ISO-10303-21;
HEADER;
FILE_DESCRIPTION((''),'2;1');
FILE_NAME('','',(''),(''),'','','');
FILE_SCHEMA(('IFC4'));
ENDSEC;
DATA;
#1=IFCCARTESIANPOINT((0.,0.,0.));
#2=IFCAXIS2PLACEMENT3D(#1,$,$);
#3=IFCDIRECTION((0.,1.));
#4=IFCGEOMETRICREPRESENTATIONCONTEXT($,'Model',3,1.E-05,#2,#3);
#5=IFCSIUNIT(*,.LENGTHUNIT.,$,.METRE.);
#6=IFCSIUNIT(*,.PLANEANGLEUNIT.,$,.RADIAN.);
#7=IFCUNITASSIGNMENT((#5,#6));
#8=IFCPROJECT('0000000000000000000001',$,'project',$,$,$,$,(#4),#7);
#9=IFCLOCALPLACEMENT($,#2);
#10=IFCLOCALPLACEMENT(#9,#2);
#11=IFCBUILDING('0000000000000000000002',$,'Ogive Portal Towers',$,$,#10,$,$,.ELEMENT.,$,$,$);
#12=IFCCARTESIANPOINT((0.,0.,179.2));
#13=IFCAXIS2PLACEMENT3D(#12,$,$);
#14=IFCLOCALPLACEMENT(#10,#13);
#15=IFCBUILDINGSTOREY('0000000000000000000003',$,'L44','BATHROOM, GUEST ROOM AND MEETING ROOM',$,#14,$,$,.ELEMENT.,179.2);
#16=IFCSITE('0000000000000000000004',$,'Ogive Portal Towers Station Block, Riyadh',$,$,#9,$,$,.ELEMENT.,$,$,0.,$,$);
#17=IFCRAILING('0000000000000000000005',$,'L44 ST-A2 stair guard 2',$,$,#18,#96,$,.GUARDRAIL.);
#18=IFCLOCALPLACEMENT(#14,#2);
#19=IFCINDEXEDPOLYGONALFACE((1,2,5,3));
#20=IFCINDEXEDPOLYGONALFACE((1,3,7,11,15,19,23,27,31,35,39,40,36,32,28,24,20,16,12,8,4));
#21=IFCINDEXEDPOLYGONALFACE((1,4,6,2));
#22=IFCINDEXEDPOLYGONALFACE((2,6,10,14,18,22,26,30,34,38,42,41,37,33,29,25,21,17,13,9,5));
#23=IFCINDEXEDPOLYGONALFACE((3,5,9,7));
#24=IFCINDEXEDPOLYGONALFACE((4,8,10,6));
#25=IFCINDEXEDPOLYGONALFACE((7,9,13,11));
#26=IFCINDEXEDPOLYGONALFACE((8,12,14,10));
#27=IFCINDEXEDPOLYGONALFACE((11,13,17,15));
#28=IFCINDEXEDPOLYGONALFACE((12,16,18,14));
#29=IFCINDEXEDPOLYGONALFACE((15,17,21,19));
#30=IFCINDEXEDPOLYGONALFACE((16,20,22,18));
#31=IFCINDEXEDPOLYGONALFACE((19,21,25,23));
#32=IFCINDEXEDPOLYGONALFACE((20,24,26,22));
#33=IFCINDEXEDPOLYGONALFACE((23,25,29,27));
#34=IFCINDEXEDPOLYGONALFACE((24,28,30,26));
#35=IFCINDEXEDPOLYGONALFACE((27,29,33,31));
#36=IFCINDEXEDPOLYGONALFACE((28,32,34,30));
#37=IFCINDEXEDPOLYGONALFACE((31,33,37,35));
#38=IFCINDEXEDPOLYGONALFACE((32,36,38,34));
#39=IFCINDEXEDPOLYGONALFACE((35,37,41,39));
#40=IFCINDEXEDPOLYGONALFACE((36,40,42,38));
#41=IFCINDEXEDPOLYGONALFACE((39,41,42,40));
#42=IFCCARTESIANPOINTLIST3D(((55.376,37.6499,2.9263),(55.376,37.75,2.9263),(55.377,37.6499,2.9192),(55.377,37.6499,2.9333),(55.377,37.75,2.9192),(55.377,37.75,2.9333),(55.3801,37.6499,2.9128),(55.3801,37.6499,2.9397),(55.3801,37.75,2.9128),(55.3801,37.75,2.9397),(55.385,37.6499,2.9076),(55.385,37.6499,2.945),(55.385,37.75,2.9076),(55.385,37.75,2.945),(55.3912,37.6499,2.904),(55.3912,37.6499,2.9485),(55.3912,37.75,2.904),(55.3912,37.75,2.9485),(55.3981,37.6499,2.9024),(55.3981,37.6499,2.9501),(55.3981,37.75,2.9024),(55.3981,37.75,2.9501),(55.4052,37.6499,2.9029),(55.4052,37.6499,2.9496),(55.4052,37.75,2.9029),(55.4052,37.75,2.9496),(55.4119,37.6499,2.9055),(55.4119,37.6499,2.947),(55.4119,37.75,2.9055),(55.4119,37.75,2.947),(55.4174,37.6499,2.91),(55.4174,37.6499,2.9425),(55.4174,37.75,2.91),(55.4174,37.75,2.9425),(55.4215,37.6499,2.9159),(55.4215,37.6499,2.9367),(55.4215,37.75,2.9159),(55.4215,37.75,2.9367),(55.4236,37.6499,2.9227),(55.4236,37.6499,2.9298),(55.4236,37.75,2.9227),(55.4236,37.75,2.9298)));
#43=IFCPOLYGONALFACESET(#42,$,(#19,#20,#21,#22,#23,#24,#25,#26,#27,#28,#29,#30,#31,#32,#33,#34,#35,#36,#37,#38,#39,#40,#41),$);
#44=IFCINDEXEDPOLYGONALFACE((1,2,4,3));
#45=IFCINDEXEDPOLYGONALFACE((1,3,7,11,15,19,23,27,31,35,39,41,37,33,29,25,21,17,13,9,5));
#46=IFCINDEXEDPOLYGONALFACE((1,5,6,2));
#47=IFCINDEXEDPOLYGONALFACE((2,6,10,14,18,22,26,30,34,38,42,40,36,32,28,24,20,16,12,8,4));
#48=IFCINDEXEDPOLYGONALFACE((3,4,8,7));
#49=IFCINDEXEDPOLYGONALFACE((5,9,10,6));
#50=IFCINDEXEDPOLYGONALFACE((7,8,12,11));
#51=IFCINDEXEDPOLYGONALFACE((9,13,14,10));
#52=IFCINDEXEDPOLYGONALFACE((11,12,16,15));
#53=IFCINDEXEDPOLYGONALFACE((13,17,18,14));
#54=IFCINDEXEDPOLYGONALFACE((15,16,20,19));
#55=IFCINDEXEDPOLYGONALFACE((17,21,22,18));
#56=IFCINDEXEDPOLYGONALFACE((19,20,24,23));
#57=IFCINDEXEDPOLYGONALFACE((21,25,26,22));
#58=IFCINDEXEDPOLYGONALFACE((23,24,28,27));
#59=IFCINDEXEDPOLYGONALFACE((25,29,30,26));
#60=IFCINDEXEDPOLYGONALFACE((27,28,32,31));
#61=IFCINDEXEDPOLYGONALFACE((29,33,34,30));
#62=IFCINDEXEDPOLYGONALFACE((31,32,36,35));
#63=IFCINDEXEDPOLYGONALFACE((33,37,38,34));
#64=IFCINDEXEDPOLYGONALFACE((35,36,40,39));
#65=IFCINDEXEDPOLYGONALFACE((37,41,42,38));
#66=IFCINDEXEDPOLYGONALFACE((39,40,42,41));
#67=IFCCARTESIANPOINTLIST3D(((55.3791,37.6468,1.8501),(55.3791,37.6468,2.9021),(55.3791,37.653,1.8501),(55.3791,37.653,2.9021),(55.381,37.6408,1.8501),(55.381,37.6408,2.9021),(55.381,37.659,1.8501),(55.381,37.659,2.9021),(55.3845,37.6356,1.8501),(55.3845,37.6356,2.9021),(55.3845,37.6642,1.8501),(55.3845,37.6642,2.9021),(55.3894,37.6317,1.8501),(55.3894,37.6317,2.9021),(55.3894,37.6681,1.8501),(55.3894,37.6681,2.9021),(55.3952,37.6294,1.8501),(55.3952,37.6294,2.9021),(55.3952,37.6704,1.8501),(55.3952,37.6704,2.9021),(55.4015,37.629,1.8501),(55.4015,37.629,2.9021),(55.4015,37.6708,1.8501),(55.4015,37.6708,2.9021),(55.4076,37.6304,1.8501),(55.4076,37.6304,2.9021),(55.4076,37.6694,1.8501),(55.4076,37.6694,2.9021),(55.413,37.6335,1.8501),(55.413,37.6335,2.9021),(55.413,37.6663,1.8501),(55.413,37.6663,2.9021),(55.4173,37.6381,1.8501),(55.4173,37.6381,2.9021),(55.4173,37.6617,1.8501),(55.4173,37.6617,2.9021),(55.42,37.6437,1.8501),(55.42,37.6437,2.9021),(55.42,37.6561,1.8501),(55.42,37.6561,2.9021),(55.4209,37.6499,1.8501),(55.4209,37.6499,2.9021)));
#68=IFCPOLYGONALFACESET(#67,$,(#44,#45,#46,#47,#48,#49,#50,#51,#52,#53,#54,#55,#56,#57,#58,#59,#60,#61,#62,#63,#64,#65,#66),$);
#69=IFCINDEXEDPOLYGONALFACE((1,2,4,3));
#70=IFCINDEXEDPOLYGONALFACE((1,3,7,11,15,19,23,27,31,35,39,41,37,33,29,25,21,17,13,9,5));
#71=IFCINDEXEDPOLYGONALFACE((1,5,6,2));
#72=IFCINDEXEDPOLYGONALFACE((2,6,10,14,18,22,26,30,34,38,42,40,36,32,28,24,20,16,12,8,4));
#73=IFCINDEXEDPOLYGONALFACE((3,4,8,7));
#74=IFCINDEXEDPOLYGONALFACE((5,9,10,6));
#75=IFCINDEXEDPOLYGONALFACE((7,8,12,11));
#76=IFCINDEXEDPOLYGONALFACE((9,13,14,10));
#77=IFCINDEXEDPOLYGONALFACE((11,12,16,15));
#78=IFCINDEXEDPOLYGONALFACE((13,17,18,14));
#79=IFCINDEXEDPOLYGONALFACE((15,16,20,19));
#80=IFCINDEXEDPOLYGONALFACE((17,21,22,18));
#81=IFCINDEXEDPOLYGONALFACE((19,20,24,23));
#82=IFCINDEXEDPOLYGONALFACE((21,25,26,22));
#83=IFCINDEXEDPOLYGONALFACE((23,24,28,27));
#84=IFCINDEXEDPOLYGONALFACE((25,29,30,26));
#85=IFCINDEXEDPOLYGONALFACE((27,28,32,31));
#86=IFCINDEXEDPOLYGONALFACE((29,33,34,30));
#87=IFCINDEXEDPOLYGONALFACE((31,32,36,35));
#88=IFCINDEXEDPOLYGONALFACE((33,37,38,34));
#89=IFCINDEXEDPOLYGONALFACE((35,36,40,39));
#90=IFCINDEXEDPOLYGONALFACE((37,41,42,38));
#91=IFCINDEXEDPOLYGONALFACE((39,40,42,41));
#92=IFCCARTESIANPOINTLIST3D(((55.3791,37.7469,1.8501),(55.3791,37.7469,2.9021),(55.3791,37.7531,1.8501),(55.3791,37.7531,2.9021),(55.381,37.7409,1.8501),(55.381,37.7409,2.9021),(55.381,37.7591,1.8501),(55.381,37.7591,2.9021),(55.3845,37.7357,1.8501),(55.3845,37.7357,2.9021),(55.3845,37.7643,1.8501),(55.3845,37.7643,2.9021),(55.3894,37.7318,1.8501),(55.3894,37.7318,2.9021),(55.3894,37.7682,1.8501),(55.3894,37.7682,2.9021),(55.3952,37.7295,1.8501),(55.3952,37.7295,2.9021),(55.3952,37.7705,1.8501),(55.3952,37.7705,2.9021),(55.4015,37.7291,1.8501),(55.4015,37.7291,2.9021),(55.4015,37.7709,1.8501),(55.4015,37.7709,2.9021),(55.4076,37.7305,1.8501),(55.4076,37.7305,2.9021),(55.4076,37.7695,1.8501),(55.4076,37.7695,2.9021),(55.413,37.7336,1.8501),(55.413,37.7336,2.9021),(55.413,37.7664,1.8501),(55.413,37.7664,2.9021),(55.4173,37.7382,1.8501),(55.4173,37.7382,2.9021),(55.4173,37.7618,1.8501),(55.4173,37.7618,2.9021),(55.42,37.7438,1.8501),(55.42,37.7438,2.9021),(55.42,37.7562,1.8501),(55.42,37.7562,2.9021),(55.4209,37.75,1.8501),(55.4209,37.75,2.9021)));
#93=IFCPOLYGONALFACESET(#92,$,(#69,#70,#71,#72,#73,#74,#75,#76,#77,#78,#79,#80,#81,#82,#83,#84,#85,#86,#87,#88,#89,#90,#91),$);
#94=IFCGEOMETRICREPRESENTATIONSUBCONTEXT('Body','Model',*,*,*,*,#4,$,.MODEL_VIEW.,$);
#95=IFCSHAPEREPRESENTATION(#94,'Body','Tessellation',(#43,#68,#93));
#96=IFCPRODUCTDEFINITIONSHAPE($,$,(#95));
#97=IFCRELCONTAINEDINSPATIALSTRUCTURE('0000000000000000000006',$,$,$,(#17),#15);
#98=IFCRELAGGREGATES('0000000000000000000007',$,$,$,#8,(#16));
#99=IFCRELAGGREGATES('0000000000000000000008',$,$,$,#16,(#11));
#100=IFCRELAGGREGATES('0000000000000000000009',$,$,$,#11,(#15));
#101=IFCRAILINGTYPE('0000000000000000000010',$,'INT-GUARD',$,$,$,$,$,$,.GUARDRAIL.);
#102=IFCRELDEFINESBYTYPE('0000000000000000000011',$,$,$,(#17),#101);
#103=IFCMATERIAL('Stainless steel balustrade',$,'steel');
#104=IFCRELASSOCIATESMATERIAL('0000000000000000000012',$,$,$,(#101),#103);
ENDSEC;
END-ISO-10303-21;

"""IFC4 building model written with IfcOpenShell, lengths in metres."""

from ifc_helpers import new_model, si_unit, direction, frame, origin, origin_2d, place, context, subcontext, project, spatial, circle, extrude, material, type_object, element, save


model = new_model("IFC4")

# Units and contexts
model_context = context("Model", 3, precision=1e-05, world=origin(), true_north=direction((0.0, 1.0)))
body_context = subcontext(model_context, "Body", "Model", "MODEL_VIEW")
ifc_project = project(units=[si_unit("LENGTHUNIT", "METRE"), si_unit("PLANEANGLEUNIT", "RADIAN")], contexts=[model_context])

# Site, building, storey
site_placement = place(None, origin())
site = spatial("IfcSite", under=ifc_project, at=site_placement, Name="Ogive Portal Towers Station Block, Riyadh", CompositionType="ELEMENT", RefElevation=0.0)
building_placement = place(site_placement, origin())
building = spatial("IfcBuilding", under=site, at=building_placement, Name="Ogive Portal Towers", CompositionType="ELEMENT")
storey_placement = place(building_placement, frame((0.0, 0.0, 179.2)))
storey = spatial("IfcBuildingStorey", under=building, at=storey_placement, Name="L44", Description="BATHROOM, GUEST ROOM AND MEETING ROOM", CompositionType="ELEMENT", Elevation=179.2)

# Railing
ifc_material_1 = material(Name="Stainless steel balustrade", Category="steel")
railing_type_1 = type_object("IfcRailingType", Name="INT-GUARD", PredefinedType="GUARDRAIL", material=ifc_material_1)
railing_1_placement = place(storey_placement, frame((55.3999, 37.6499, 1.8501)))
element("IfcRailing", 1, at=railing_1_placement, inside=storey, type_object=railing_type_1, Name="L44 ST-A2 stair guard 2", PredefinedType="GUARDRAIL", context=body_context, shape_type="SweptSolid", body=[
    extrude(circle(Radius=0.0239, at=origin_2d()), frame((0.0, 0.0, 1.0762), z_axis=(0.0, 1.0, 0.0), x_axis=(-1.0, 0.0, 0.0)), (0.0, 0.0, 1.0), 0.1001),
    extrude(circle(Radius=0.021, at=origin_2d()), origin(), (0.0, 0.0, 1.0), 1.052),
    extrude(circle(Radius=0.021, at=origin_2d()), frame((0.0, 0.1001, 0.0)), (0.0, 0.0, 1.0), 1.052),
])

save(model, "model.ifc")
